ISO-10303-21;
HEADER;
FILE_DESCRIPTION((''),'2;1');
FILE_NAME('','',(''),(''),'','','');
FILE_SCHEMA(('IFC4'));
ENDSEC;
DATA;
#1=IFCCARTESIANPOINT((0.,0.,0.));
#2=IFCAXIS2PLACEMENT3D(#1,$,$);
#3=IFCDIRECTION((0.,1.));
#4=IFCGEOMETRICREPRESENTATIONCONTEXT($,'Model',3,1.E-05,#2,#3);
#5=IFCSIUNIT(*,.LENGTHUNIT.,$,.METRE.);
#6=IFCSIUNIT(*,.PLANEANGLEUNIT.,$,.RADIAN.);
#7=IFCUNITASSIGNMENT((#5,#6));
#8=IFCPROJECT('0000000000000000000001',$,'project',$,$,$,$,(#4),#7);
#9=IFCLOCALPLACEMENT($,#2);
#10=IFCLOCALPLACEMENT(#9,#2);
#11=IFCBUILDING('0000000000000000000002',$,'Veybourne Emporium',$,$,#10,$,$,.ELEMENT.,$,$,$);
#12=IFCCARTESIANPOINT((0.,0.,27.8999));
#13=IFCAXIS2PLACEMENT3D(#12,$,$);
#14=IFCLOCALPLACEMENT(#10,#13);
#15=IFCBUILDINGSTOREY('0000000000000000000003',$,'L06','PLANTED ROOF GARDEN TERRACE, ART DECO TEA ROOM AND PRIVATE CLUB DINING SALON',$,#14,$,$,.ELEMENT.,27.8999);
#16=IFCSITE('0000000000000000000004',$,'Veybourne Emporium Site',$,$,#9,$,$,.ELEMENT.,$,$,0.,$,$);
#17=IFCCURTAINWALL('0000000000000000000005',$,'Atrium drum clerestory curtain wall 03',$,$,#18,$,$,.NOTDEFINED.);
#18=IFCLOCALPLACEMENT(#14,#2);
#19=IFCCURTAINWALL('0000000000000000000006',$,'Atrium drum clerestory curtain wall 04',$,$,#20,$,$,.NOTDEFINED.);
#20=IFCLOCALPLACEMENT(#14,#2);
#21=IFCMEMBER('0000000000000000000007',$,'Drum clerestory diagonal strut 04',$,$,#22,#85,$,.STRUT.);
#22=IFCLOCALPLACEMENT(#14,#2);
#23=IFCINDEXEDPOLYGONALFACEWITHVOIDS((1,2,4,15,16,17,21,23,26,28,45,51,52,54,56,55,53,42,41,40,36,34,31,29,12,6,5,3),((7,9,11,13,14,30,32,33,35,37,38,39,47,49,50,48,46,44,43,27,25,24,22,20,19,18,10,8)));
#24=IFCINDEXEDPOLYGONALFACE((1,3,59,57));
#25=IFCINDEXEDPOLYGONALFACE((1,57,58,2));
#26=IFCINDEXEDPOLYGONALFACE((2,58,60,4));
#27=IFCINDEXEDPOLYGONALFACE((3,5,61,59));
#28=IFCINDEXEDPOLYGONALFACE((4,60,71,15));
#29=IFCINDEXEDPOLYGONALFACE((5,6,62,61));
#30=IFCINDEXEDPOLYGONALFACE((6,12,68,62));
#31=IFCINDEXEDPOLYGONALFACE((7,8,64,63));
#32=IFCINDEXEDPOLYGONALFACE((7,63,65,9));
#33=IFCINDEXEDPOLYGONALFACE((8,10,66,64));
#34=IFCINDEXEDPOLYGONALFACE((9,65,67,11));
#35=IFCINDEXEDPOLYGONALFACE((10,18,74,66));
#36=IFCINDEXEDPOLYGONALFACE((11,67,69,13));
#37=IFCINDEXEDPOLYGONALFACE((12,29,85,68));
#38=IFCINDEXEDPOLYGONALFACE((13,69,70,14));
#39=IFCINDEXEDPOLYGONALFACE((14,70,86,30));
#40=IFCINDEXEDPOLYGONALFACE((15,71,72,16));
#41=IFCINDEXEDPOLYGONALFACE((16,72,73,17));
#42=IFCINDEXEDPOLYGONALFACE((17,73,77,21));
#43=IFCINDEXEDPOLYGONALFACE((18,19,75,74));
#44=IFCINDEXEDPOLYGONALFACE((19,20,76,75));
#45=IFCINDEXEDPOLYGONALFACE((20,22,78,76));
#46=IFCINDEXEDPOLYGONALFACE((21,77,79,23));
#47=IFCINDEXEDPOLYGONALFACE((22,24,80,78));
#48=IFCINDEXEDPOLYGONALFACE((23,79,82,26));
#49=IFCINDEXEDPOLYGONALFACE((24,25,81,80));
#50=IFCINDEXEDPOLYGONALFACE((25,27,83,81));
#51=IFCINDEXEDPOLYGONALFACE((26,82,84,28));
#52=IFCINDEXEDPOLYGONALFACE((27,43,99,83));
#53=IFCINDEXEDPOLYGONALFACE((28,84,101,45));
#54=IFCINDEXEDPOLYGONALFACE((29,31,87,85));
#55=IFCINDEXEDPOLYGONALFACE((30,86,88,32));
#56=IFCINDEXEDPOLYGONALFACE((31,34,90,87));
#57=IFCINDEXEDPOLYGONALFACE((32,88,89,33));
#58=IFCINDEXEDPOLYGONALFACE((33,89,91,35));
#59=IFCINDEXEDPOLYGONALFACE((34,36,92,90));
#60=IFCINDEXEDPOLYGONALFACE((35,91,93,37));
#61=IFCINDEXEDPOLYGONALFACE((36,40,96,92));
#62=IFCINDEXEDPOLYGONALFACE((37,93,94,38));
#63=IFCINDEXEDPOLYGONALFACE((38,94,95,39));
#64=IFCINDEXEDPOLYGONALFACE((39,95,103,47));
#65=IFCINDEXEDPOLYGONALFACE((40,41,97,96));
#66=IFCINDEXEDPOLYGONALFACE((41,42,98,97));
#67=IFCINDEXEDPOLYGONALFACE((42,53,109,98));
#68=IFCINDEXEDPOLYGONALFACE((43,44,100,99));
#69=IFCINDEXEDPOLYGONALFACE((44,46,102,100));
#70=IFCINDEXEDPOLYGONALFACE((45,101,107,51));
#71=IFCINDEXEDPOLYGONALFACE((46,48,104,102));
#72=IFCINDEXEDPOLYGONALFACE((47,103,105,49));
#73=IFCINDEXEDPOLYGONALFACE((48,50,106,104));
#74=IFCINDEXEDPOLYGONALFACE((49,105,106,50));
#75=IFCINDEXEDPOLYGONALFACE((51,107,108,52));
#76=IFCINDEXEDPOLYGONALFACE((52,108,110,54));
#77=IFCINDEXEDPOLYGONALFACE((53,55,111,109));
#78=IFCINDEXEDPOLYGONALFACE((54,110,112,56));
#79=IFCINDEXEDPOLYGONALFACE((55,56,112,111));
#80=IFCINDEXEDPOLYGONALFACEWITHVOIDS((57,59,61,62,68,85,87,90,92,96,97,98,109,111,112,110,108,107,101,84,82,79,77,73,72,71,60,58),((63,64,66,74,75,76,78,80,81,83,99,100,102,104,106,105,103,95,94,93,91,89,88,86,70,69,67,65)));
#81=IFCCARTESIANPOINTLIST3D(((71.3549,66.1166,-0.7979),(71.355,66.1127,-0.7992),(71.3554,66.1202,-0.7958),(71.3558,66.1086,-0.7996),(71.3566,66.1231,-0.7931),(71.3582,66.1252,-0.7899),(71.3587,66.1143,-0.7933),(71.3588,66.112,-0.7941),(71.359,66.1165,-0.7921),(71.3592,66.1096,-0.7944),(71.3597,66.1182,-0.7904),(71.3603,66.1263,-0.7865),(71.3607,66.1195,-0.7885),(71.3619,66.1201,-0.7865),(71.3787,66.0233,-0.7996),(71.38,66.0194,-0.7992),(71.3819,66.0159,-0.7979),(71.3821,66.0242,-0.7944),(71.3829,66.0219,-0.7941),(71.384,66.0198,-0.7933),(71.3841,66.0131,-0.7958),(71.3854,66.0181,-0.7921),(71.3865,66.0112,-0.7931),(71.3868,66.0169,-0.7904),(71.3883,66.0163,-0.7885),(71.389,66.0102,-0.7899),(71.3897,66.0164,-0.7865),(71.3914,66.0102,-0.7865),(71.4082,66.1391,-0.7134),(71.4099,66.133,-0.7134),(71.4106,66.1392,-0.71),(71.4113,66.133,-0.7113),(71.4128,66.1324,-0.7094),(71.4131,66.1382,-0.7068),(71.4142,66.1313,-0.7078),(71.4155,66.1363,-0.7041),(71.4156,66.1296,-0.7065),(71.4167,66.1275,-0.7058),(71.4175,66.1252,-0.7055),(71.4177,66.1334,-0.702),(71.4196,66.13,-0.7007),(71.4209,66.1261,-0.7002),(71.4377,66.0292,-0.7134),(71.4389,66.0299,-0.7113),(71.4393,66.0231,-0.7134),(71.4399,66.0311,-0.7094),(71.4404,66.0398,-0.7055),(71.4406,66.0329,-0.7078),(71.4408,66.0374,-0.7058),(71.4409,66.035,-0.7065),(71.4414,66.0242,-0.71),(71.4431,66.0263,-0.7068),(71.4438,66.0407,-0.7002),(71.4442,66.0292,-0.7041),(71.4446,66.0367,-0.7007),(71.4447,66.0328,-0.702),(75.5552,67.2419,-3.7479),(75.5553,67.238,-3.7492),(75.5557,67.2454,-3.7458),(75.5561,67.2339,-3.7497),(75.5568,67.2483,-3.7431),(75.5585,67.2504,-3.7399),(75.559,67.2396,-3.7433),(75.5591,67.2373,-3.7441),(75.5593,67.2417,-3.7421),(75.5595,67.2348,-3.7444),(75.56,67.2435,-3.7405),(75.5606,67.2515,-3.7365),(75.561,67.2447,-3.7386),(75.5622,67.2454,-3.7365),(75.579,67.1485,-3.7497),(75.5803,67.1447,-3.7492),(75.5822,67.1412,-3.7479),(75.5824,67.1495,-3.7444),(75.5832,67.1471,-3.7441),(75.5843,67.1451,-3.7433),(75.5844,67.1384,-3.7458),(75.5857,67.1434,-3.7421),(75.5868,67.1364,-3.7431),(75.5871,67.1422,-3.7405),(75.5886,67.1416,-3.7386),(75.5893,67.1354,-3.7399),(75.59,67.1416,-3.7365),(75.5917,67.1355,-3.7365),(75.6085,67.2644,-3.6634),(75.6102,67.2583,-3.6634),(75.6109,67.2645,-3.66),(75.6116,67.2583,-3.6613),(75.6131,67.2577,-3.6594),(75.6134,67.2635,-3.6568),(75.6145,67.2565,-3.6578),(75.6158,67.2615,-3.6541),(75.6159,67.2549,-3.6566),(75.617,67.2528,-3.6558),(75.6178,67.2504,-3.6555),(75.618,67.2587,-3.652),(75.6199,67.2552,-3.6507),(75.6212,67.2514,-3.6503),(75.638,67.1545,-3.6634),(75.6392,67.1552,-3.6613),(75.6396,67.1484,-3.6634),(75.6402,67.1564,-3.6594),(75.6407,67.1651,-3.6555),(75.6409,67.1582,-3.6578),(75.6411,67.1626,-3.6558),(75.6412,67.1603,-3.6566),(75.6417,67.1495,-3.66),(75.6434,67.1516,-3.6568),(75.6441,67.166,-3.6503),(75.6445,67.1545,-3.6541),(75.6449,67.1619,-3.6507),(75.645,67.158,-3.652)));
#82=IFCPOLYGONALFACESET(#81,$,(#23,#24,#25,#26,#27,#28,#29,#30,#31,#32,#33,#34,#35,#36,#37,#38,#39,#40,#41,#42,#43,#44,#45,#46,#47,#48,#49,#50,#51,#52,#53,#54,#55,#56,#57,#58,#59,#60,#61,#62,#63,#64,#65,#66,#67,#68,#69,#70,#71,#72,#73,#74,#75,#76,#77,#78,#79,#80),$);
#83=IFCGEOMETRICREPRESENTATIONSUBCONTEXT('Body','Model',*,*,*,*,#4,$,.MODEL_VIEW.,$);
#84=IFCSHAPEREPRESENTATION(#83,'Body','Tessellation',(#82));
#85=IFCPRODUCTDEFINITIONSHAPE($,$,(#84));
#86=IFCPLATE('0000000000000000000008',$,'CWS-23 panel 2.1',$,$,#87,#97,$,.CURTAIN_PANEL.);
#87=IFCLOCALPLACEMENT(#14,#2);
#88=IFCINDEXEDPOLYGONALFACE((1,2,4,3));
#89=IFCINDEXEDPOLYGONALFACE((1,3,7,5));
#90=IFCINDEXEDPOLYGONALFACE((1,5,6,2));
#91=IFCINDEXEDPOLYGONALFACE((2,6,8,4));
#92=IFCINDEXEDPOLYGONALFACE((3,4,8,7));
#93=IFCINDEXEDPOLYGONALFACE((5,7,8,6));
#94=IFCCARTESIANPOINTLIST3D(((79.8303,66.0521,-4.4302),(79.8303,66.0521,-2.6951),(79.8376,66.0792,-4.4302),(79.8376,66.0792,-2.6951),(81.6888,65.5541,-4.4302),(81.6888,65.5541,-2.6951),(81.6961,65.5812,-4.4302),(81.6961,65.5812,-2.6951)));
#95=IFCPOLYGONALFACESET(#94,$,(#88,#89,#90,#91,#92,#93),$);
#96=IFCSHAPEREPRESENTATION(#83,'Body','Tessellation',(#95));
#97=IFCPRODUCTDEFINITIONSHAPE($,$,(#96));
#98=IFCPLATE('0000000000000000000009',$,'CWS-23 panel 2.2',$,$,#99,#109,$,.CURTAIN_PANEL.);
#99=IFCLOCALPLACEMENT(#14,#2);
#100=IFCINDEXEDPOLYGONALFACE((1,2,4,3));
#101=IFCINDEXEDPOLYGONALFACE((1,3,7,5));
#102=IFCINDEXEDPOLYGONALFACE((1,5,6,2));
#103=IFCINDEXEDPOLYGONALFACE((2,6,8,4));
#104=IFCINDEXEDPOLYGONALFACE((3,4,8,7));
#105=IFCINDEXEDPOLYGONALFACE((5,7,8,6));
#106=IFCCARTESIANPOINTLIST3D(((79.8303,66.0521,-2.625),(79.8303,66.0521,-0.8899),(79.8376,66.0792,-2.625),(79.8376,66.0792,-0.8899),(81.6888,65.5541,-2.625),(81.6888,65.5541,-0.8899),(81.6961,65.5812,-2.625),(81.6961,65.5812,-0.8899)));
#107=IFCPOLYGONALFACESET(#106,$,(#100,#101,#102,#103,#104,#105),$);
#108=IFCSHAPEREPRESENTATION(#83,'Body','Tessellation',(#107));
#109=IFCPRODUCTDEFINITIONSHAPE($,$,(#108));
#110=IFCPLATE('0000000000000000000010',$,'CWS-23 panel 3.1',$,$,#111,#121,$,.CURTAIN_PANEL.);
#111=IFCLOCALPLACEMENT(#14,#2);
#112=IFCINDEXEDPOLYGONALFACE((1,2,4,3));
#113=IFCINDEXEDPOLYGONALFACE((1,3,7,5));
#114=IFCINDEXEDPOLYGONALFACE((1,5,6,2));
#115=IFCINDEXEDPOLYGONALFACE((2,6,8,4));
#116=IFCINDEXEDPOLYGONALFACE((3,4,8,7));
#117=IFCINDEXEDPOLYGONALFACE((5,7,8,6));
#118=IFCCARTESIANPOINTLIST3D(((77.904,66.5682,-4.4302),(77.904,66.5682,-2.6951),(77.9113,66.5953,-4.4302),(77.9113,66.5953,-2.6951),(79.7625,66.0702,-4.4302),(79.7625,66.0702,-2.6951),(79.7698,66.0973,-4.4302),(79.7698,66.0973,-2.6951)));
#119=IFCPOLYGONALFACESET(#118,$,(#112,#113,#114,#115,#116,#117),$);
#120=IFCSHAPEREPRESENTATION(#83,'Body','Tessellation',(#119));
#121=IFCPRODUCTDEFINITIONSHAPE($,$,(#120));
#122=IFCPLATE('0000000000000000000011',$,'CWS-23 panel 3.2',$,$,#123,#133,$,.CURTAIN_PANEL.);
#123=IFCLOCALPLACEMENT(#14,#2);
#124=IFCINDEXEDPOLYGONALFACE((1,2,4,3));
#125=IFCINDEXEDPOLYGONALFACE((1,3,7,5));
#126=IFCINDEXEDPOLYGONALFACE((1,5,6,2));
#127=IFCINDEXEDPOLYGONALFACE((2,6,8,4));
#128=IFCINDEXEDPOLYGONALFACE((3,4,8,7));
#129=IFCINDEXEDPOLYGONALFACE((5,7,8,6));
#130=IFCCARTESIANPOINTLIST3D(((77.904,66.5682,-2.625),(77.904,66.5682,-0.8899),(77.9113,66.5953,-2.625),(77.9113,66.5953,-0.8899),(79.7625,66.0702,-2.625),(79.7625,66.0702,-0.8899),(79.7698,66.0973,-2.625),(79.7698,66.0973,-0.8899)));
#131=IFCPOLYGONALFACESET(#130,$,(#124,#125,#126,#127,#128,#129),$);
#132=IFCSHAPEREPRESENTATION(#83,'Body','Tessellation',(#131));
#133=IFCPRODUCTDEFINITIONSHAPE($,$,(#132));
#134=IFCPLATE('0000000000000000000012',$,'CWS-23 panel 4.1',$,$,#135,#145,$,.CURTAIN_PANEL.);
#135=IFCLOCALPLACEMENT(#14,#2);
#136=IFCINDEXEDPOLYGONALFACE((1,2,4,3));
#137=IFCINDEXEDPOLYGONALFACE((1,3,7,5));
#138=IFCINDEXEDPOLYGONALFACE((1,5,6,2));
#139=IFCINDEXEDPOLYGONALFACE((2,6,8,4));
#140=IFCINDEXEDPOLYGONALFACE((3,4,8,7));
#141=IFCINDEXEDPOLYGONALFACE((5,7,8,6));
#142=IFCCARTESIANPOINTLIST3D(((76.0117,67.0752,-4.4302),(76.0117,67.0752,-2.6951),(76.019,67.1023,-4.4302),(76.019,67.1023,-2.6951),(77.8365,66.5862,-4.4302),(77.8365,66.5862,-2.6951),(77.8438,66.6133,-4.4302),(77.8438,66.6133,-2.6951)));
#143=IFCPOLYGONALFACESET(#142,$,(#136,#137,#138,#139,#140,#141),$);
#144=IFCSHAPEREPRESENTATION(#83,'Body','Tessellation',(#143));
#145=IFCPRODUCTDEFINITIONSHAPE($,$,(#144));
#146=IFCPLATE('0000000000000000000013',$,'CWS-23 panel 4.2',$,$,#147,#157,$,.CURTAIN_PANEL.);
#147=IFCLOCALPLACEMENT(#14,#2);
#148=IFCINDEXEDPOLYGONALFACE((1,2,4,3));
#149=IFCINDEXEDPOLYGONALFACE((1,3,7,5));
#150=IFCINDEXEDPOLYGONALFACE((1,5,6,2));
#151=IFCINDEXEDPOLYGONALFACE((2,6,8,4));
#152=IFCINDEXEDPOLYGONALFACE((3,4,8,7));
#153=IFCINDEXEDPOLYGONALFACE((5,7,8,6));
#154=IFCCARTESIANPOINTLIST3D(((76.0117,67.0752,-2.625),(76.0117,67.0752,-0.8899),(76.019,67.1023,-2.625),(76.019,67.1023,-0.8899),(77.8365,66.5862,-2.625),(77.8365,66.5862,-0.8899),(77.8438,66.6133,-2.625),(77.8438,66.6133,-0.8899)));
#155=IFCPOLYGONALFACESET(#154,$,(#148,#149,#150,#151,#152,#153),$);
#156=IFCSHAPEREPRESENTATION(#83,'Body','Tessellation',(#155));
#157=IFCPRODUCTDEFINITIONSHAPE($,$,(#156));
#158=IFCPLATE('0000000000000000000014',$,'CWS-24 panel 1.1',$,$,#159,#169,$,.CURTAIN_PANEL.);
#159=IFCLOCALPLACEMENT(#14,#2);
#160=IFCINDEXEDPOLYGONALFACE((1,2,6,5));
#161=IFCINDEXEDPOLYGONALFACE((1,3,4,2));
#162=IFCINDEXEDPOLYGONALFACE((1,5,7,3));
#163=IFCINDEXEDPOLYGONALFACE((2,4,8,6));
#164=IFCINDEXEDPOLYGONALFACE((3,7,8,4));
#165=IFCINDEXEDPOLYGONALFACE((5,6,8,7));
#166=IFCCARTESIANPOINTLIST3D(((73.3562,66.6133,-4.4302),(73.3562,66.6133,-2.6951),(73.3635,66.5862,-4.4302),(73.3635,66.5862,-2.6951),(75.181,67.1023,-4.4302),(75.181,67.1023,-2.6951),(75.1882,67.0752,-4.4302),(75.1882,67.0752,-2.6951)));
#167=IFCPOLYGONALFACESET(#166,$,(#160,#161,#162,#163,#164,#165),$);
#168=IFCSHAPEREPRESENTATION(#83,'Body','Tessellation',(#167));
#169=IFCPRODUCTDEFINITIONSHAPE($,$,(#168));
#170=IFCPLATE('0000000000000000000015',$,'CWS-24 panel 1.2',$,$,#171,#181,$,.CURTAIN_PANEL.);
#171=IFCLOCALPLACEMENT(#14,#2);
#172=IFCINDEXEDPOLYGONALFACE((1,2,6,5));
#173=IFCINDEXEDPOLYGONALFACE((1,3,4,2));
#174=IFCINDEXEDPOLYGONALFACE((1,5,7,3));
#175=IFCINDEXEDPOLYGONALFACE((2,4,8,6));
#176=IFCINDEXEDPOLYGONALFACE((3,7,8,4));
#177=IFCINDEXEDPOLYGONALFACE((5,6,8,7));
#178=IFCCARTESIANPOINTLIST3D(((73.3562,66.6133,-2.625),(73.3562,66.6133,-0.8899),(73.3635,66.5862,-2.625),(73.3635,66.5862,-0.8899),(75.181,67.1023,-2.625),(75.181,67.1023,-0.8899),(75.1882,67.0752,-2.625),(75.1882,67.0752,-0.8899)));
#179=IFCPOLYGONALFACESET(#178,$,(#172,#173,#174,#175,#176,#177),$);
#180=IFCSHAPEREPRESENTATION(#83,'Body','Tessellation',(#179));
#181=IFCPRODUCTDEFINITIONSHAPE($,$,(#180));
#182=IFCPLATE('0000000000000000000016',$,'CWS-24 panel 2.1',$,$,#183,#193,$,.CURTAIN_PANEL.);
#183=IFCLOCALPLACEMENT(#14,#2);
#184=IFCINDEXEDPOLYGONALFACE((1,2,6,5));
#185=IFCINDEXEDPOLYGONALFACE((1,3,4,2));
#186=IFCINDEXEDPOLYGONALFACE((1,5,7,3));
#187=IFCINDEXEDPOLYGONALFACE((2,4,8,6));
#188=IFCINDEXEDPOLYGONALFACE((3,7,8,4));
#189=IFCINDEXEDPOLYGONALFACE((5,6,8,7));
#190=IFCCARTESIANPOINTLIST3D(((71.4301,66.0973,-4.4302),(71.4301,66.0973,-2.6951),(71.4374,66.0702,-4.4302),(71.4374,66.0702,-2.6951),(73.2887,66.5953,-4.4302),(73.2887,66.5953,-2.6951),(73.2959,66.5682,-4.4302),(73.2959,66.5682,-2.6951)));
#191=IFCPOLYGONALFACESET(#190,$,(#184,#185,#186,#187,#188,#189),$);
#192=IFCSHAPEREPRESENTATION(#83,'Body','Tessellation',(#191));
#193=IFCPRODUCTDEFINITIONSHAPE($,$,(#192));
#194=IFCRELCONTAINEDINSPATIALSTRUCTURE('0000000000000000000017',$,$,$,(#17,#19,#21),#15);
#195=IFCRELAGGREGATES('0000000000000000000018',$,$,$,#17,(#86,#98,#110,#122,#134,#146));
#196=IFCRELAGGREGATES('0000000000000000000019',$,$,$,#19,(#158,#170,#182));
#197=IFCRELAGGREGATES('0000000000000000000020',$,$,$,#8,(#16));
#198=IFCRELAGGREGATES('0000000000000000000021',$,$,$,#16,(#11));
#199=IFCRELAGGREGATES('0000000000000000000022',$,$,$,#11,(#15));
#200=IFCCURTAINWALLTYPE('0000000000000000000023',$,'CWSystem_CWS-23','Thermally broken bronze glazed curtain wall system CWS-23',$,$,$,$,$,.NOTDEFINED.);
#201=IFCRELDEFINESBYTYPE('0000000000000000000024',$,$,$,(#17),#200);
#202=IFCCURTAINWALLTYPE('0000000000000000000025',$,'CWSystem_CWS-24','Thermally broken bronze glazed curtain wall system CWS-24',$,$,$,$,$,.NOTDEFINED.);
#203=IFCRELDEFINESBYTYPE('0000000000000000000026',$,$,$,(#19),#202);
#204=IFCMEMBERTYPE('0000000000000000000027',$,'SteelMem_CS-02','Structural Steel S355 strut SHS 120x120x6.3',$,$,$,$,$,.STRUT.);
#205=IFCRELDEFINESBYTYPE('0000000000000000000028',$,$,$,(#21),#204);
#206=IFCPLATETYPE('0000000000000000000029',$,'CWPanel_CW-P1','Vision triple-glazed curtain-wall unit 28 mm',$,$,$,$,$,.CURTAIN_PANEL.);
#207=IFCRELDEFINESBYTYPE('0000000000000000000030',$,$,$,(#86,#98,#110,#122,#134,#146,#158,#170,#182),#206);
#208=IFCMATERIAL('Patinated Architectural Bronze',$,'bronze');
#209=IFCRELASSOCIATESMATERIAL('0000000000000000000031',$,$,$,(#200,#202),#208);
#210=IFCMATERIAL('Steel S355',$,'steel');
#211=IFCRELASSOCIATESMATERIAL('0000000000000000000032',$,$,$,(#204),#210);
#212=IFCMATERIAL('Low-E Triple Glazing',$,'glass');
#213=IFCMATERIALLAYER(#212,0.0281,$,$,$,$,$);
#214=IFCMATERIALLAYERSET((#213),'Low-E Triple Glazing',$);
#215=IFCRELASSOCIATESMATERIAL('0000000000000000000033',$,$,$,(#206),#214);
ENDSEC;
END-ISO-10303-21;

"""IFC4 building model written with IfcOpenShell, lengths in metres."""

from ifc_helpers import new_model, si_unit, direction, frame, origin, origin_2d, place, context, subcontext, project, spatial, rectangle, hollow_rectangle, extrude, material, layer, layer_set, material_profile, profile_set, type_object, element, aggregate, save


model = new_model("IFC4")

# Units and contexts
model_context = context("Model", 3, precision=1e-05, world=origin(), true_north=direction((0.0, 1.0)))
body_context = subcontext(model_context, "Body", "Model", "MODEL_VIEW")
ifc_project = project(units=[si_unit("LENGTHUNIT", "METRE"), si_unit("PLANEANGLEUNIT", "RADIAN")], contexts=[model_context])

# Site, building, storey
site_placement = place(None, origin())
site = spatial("IfcSite", under=ifc_project, at=site_placement, Name="Veybourne Emporium Site", CompositionType="ELEMENT", RefElevation=0.0)
building_placement = place(site_placement, origin())
building = spatial("IfcBuilding", under=site, at=building_placement, Name="Veybourne Emporium", CompositionType="ELEMENT")
storey_placement = place(building_placement, frame((0.0, 0.0, 27.8999)))
storey = spatial("IfcBuildingStorey", under=building, at=storey_placement, Name="L06", Description="PLANTED ROOF GARDEN TERRACE, ART DECO TEA ROOM AND PRIVATE CLUB DINING SALON", CompositionType="ELEMENT", Elevation=27.8999)

# Curtain walls
ifc_material_1 = material(Name="Patinated Architectural Bronze", Category="bronze")
curtain_wall_type_1 = type_object("IfcCurtainWallType", Name="CWSystem_CWS-23", Description="Thermally broken bronze glazed curtain wall system CWS-23", PredefinedType="NOTDEFINED", material=ifc_material_1)
curtain_wall_1_placement = place(storey_placement, origin())
curtain_wall_1 = element("IfcCurtainWall", 1, at=curtain_wall_1_placement, inside=storey, type_object=curtain_wall_type_1, Name="Atrium drum clerestory curtain wall 03", PredefinedType="NOTDEFINED")
curtain_wall_type_2 = type_object("IfcCurtainWallType", Name="CWSystem_CWS-24", Description="Thermally broken bronze glazed curtain wall system CWS-24", PredefinedType="NOTDEFINED", material=ifc_material_1)
curtain_wall_2_placement = place(storey_placement, origin())
curtain_wall_2 = element("IfcCurtainWall", 2, at=curtain_wall_2_placement, inside=storey, type_object=curtain_wall_type_2, Name="Atrium drum clerestory curtain wall 04", PredefinedType="NOTDEFINED")

# Member
ifc_material_2 = material(Name="Steel S355", Category="steel")
ifc_material_profile_1 = material_profile(ifc_material_2, hollow_rectangle(XDim=0.1201, YDim=0.1201, WallThickness=0.0063, InnerFilletRadius=0.0095, OuterFilletRadius=0.0159, at=origin_2d()), Name="SHS 120x120x6.3")
ifc_profile_set_1 = profile_set([ifc_material_profile_1], Name="Steel S355")
member_type_1 = type_object("IfcMemberType", Name="SteelMem_CS-02", Description="Structural Steel S355 strut SHS 120x120x6.3", PredefinedType="STRUT", material=ifc_profile_set_1)
member_1_placement = place(storey_placement, frame((75.6001, 67.2, -3.7), z_axis=(-0.799348, -0.214148, 0.561412), x_axis=(0.258777, -0.965937, 0.0)))
element("IfcMember", 3, at=member_1_placement, inside=storey, type_object=member_type_1, Name="Drum clerestory diagonal strut 04", PredefinedType="STRUT", context=body_context, shape_type="SweptSolid", body=[
    extrude(hollow_rectangle(XDim=0.1201, YDim=0.1201, WallThickness=0.0063, InnerFilletRadius=0.0095, OuterFilletRadius=0.0159, at=origin_2d()), origin(), (0.0, 0.0, 1.0), 5.2546),
])

# Plates
ifc_material_3 = material(Name="Low-E Triple Glazing", Category="glass")
ifc_layer_1 = layer(ifc_material_3, 0.0281)
ifc_layer_set_1 = layer_set([ifc_layer_1], Name="Low-E Triple Glazing")
plate_type = type_object("IfcPlateType", Name="CWPanel_CW-P1", Description="Vision triple-glazed curtain-wall unit 28 mm", PredefinedType="CURTAIN_PANEL", material=ifc_layer_set_1)
plate_1_placement = place(storey_placement, frame((80.7632, 65.8167, -4.4302), z_axis=(0.0, 0.0, 1.0), x_axis=(-0.965926, 0.25882, 0.0)))
plate_1 = element("IfcPlate", 4, at=plate_1_placement, type_object=plate_type, Name="CWS-23 panel 2.1", PredefinedType="CURTAIN_PANEL", context=body_context, shape_type="SweptSolid", body=[
    extrude(rectangle(XDim=1.9241, YDim=0.0281, at=origin_2d()), origin(), (0.0, 0.0, 1.0), 1.7351),
])
plate_2_placement = place(storey_placement, frame((80.7632, 65.8167, -2.625), z_axis=(0.0, 0.0, 1.0), x_axis=(-0.965926, 0.25882, 0.0)))
plate_2 = element("IfcPlate", 5, at=plate_2_placement, type_object=plate_type, Name="CWS-23 panel 2.2", PredefinedType="CURTAIN_PANEL", context=body_context, shape_type="SweptSolid", body=[
    extrude(rectangle(XDim=1.9241, YDim=0.0281, at=origin_2d()), origin(), (0.0, 0.0, 1.0), 1.7351),
])
plate_3_placement = place(storey_placement, frame((78.8369, 66.3328, -4.4302), z_axis=(0.0, 0.0, 1.0), x_axis=(-0.965926, 0.25882, 0.0)))
plate_3 = element("IfcPlate", 6, at=plate_3_placement, type_object=plate_type, Name="CWS-23 panel 3.1", PredefinedType="CURTAIN_PANEL", context=body_context, shape_type="SweptSolid", body=[
    extrude(rectangle(XDim=1.9241, YDim=0.0281, at=origin_2d()), origin(), (0.0, 0.0, 1.0), 1.7351),
])
plate_4_placement = place(storey_placement, frame((78.8369, 66.3328, -2.625), z_axis=(0.0, 0.0, 1.0), x_axis=(-0.965926, 0.25882, 0.0)))
plate_4 = element("IfcPlate", 7, at=plate_4_placement, type_object=plate_type, Name="CWS-23 panel 3.2", PredefinedType="CURTAIN_PANEL", context=body_context, shape_type="SweptSolid", body=[
    extrude(rectangle(XDim=1.9241, YDim=0.0281, at=origin_2d()), origin(), (0.0, 0.0, 1.0), 1.7351),
])
plate_5_placement = place(storey_placement, frame((76.9277, 66.8442, -4.4302), z_axis=(0.0, 0.0, 1.0), x_axis=(-0.965926, 0.25882, 0.0)))
plate_5 = element("IfcPlate", 8, at=plate_5_placement, type_object=plate_type, Name="CWS-23 panel 4.1", PredefinedType="CURTAIN_PANEL", context=body_context, shape_type="SweptSolid", body=[
    extrude(rectangle(XDim=1.8892, YDim=0.0281, at=origin_2d()), origin(), (0.0, 0.0, 1.0), 1.7351),
])
plate_6_placement = place(storey_placement, frame((76.9277, 66.8442, -2.625), z_axis=(0.0, 0.0, 1.0), x_axis=(-0.965926, 0.25882, 0.0)))
plate_6 = element("IfcPlate", 9, at=plate_6_placement, type_object=plate_type, Name="CWS-23 panel 4.2", PredefinedType="CURTAIN_PANEL", context=body_context, shape_type="SweptSolid", body=[
    extrude(rectangle(XDim=1.8892, YDim=0.0281, at=origin_2d()), origin(), (0.0, 0.0, 1.0), 1.7351),
])
aggregate(curtain_wall_1, [plate_1, plate_2, plate_3, plate_4, plate_5, plate_6])
plate_7_placement = place(storey_placement, frame((74.2722, 66.8442, -4.4302), z_axis=(0.0, 0.0, 1.0), x_axis=(-0.965926, -0.25882, 0.0)))
plate_7 = element("IfcPlate", 10, at=plate_7_placement, type_object=plate_type, Name="CWS-24 panel 1.1", PredefinedType="CURTAIN_PANEL", context=body_context, shape_type="SweptSolid", body=[
    extrude(rectangle(XDim=1.8892, YDim=0.0281, at=origin_2d()), origin(), (0.0, 0.0, 1.0), 1.7351),
])
plate_8_placement = place(storey_placement, frame((74.2722, 66.8442, -2.625), z_axis=(0.0, 0.0, 1.0), x_axis=(-0.965926, -0.25882, 0.0)))
plate_8 = element("IfcPlate", 11, at=plate_8_placement, type_object=plate_type, Name="CWS-24 panel 1.2", PredefinedType="CURTAIN_PANEL", context=body_context, shape_type="SweptSolid", body=[
    extrude(rectangle(XDim=1.8892, YDim=0.0281, at=origin_2d()), origin(), (0.0, 0.0, 1.0), 1.7351),
])
plate_9_placement = place(storey_placement, frame((72.363, 66.3328, -4.4302), z_axis=(0.0, 0.0, 1.0), x_axis=(-0.965926, -0.25882, 0.0)))
plate_9 = element("IfcPlate", 12, at=plate_9_placement, type_object=plate_type, Name="CWS-24 panel 2.1", PredefinedType="CURTAIN_PANEL", context=body_context, shape_type="SweptSolid", body=[
    extrude(rectangle(XDim=1.9241, YDim=0.0281, at=origin_2d()), origin(), (0.0, 0.0, 1.0), 1.7351),
])
aggregate(curtain_wall_2, [plate_7, plate_8, plate_9])

save(model, "model.ifc")
